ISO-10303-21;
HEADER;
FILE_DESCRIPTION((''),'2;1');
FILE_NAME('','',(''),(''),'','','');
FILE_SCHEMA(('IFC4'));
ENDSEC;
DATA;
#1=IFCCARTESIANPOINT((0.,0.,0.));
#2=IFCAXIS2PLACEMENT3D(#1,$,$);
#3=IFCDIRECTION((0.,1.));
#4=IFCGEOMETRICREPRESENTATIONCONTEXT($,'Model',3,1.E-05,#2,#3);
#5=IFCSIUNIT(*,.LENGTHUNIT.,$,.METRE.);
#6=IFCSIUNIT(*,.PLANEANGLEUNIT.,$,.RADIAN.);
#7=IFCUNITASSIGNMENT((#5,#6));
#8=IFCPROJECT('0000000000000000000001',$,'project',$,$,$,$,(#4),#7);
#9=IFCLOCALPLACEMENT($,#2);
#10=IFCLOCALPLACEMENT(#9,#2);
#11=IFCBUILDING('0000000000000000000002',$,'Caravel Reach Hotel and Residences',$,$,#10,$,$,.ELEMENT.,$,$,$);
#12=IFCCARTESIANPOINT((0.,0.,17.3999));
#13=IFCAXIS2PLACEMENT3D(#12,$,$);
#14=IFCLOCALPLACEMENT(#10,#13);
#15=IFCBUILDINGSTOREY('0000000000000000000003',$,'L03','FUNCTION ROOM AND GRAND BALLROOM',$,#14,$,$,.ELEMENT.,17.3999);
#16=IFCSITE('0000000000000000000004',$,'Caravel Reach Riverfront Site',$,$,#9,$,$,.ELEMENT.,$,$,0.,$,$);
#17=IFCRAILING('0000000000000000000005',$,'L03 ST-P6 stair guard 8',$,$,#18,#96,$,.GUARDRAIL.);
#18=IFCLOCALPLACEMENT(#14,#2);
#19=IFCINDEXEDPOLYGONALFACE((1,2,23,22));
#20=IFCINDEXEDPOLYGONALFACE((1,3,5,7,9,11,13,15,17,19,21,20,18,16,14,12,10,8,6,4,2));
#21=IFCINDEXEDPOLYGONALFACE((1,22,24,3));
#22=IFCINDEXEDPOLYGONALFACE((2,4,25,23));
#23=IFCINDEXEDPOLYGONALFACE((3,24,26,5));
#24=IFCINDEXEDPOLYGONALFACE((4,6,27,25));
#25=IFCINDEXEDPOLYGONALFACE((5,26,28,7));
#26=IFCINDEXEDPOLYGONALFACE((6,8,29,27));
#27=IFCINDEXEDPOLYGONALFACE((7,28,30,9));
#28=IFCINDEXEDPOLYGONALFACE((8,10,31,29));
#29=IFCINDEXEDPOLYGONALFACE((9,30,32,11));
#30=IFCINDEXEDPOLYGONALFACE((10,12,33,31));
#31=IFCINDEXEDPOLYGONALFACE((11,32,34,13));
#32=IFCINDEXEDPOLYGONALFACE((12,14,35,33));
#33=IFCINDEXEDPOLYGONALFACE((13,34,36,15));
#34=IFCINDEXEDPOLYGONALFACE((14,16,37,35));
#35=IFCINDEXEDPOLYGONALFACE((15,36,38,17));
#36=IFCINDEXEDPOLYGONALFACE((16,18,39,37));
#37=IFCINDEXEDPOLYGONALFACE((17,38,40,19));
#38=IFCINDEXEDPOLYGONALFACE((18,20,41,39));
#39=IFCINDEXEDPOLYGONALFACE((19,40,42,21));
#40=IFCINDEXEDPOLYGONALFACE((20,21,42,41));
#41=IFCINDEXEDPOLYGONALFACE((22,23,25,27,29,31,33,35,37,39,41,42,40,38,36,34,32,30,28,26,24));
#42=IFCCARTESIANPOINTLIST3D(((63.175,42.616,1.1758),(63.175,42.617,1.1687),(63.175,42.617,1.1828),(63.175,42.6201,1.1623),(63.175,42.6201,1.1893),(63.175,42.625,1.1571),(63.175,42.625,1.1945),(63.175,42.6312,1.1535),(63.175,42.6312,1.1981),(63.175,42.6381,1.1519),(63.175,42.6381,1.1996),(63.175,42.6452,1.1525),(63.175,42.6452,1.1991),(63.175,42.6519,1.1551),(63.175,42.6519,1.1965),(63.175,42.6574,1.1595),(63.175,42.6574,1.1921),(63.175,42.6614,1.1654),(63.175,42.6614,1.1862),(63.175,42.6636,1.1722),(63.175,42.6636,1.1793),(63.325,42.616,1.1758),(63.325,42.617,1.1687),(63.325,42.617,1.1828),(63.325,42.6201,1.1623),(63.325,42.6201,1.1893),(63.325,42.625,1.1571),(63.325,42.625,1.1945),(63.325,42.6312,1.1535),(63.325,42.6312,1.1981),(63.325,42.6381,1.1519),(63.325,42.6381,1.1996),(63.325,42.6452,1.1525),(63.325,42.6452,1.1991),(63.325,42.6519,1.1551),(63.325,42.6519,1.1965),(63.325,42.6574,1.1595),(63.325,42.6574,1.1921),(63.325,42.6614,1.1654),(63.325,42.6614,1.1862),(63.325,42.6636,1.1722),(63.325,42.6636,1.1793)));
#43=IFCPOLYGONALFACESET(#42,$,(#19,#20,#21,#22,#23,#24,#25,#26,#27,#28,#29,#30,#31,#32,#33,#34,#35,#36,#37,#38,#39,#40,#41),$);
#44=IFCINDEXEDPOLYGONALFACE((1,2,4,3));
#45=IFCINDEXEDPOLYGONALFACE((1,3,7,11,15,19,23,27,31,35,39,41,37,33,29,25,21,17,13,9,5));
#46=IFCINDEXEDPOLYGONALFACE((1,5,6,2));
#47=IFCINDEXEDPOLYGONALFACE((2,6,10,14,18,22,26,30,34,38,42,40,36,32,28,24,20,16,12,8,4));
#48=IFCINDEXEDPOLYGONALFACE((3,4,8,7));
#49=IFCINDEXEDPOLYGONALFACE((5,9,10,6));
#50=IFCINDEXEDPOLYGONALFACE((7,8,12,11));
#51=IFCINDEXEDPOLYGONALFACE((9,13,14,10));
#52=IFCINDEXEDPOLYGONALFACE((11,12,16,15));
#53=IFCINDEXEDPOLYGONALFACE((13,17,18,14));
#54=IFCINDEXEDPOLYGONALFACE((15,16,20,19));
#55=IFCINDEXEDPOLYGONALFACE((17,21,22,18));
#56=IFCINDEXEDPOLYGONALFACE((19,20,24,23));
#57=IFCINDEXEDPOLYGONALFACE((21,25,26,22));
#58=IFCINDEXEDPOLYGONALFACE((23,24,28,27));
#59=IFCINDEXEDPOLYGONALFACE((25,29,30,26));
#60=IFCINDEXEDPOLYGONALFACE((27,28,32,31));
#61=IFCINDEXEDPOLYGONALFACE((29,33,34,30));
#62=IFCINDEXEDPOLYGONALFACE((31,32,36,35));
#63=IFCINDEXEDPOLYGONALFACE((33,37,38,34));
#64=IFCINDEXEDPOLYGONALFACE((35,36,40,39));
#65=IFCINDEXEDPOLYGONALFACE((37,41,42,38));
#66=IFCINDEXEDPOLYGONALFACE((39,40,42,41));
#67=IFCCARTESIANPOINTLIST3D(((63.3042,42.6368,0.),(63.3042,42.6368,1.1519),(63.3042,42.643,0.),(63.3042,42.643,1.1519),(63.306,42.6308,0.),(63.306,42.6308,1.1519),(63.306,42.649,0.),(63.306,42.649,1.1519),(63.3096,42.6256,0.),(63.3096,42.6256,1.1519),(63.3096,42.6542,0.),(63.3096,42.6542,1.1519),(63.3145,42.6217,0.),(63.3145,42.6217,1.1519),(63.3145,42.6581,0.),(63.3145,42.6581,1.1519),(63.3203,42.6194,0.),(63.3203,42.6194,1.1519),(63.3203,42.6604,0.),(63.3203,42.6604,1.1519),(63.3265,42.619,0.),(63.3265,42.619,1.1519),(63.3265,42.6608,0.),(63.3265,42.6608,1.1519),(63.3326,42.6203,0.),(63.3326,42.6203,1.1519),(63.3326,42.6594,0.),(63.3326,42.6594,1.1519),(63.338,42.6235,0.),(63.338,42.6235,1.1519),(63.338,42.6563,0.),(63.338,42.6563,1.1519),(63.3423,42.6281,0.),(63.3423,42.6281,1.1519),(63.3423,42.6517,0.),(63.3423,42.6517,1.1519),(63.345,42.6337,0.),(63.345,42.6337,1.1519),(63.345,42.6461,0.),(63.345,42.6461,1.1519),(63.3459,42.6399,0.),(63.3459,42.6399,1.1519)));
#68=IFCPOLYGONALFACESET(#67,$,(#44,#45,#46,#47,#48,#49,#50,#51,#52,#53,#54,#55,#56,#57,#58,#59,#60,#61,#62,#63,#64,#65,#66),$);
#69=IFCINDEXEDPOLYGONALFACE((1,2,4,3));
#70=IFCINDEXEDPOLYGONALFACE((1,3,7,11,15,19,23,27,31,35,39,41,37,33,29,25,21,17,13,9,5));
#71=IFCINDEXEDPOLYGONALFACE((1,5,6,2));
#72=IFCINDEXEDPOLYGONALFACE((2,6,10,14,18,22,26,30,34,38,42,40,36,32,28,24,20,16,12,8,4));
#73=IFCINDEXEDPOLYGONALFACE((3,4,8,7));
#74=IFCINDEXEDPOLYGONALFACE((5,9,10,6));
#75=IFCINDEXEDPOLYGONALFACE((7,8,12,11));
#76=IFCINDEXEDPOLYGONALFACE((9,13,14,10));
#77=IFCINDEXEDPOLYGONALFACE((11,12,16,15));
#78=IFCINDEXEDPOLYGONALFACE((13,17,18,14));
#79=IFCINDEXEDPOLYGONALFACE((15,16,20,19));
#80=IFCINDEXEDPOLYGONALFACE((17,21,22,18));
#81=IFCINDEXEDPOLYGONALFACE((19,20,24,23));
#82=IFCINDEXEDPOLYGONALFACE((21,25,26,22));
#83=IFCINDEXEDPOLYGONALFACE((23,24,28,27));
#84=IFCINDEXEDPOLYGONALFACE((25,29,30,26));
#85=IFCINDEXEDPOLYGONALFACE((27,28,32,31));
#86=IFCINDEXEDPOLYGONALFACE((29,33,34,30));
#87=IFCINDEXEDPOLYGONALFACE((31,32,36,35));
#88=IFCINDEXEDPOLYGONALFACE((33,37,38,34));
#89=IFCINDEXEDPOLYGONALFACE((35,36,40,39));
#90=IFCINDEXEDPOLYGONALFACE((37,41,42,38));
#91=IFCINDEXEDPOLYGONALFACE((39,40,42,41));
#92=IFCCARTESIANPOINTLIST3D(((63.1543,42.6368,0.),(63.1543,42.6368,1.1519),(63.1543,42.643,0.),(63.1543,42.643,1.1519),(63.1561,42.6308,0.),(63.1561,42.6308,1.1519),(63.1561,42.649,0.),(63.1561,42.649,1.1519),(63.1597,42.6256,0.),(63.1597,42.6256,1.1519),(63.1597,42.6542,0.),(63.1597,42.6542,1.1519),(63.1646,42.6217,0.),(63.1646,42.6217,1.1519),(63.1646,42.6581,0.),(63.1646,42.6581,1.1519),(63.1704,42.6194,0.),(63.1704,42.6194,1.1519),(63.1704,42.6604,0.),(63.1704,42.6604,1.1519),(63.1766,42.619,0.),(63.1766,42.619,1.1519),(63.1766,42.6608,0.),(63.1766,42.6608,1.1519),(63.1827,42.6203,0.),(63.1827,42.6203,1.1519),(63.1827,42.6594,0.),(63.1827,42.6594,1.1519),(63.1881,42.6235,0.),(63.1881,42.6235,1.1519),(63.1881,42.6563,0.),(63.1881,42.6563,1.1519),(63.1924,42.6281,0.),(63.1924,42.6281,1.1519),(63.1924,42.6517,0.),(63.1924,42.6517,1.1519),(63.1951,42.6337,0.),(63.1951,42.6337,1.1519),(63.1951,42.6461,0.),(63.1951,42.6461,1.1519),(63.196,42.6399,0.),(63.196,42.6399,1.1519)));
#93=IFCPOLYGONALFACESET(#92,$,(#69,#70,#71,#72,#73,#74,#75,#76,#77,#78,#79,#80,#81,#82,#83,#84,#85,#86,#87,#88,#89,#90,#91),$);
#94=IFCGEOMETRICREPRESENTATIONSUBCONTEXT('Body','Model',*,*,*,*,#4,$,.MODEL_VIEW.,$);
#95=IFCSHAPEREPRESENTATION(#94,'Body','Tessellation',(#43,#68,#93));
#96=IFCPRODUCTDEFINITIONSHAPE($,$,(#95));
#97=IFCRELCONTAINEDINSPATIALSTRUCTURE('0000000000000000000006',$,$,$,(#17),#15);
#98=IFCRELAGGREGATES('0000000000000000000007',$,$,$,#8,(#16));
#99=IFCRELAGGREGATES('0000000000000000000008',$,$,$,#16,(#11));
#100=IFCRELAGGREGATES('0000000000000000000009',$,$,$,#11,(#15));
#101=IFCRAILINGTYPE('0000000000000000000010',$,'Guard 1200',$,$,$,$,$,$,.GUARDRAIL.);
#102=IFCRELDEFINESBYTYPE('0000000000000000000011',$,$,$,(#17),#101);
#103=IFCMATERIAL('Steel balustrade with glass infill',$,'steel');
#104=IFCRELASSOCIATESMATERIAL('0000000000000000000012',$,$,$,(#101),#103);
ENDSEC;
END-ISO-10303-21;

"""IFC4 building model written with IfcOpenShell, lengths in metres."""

from ifc_helpers import new_model, si_unit, direction, frame, origin, origin_2d, place, context, subcontext, project, spatial, circle, extrude, material, type_object, element, save


model = new_model("IFC4")

# Units and contexts
model_context = context("Model", 3, precision=1e-05, world=origin(), true_north=direction((0.0, 1.0)))
body_context = subcontext(model_context, "Body", "Model", "MODEL_VIEW")
ifc_project = project(units=[si_unit("LENGTHUNIT", "METRE"), si_unit("PLANEANGLEUNIT", "RADIAN")], contexts=[model_context])

# Site, building, storey
site_placement = place(None, origin())
site = spatial("IfcSite", under=ifc_project, at=site_placement, Name="Caravel Reach Riverfront Site", CompositionType="ELEMENT", RefElevation=0.0)
building_placement = place(site_placement, origin())
building = spatial("IfcBuilding", under=site, at=building_placement, Name="Caravel Reach Hotel and Residences", CompositionType="ELEMENT")
storey_placement = place(building_placement, frame((0.0, 0.0, 17.3999)))
storey = spatial("IfcBuildingStorey", under=building, at=storey_placement, Name="L03", Description="FUNCTION ROOM AND GRAND BALLROOM", CompositionType="ELEMENT", Elevation=17.3999)

# Railing
ifc_material_1 = material(Name="Steel balustrade with glass infill", Category="steel")
railing_type_1 = type_object("IfcRailingType", Name="Guard 1200", PredefinedType="GUARDRAIL", material=ifc_material_1)
railing_1_placement = place(storey_placement, frame((63.325, 42.6399, 0.0)))
element("IfcRailing", 1, at=railing_1_placement, inside=storey, type_object=railing_type_1, Name="L03 ST-P6 stair guard 8", PredefinedType="GUARDRAIL", context=body_context, shape_type="SweptSolid", body=[
    extrude(circle(Radius=0.0239, at=origin_2d()), frame((0.0, 0.0, 1.1758), z_axis=(-1.0, 0.0, 0.0), x_axis=(0.0, -1.0, 0.0)), (0.0, 0.0, 1.0), 0.1499),
    extrude(circle(Radius=0.021, at=origin_2d()), origin(), (0.0, 0.0, 1.0), 1.1519),
    extrude(circle(Radius=0.021, at=origin_2d()), frame((-0.1499, 0.0, 0.0)), (0.0, 0.0, 1.0), 1.1519),
])

save(model, "model.ifc")
